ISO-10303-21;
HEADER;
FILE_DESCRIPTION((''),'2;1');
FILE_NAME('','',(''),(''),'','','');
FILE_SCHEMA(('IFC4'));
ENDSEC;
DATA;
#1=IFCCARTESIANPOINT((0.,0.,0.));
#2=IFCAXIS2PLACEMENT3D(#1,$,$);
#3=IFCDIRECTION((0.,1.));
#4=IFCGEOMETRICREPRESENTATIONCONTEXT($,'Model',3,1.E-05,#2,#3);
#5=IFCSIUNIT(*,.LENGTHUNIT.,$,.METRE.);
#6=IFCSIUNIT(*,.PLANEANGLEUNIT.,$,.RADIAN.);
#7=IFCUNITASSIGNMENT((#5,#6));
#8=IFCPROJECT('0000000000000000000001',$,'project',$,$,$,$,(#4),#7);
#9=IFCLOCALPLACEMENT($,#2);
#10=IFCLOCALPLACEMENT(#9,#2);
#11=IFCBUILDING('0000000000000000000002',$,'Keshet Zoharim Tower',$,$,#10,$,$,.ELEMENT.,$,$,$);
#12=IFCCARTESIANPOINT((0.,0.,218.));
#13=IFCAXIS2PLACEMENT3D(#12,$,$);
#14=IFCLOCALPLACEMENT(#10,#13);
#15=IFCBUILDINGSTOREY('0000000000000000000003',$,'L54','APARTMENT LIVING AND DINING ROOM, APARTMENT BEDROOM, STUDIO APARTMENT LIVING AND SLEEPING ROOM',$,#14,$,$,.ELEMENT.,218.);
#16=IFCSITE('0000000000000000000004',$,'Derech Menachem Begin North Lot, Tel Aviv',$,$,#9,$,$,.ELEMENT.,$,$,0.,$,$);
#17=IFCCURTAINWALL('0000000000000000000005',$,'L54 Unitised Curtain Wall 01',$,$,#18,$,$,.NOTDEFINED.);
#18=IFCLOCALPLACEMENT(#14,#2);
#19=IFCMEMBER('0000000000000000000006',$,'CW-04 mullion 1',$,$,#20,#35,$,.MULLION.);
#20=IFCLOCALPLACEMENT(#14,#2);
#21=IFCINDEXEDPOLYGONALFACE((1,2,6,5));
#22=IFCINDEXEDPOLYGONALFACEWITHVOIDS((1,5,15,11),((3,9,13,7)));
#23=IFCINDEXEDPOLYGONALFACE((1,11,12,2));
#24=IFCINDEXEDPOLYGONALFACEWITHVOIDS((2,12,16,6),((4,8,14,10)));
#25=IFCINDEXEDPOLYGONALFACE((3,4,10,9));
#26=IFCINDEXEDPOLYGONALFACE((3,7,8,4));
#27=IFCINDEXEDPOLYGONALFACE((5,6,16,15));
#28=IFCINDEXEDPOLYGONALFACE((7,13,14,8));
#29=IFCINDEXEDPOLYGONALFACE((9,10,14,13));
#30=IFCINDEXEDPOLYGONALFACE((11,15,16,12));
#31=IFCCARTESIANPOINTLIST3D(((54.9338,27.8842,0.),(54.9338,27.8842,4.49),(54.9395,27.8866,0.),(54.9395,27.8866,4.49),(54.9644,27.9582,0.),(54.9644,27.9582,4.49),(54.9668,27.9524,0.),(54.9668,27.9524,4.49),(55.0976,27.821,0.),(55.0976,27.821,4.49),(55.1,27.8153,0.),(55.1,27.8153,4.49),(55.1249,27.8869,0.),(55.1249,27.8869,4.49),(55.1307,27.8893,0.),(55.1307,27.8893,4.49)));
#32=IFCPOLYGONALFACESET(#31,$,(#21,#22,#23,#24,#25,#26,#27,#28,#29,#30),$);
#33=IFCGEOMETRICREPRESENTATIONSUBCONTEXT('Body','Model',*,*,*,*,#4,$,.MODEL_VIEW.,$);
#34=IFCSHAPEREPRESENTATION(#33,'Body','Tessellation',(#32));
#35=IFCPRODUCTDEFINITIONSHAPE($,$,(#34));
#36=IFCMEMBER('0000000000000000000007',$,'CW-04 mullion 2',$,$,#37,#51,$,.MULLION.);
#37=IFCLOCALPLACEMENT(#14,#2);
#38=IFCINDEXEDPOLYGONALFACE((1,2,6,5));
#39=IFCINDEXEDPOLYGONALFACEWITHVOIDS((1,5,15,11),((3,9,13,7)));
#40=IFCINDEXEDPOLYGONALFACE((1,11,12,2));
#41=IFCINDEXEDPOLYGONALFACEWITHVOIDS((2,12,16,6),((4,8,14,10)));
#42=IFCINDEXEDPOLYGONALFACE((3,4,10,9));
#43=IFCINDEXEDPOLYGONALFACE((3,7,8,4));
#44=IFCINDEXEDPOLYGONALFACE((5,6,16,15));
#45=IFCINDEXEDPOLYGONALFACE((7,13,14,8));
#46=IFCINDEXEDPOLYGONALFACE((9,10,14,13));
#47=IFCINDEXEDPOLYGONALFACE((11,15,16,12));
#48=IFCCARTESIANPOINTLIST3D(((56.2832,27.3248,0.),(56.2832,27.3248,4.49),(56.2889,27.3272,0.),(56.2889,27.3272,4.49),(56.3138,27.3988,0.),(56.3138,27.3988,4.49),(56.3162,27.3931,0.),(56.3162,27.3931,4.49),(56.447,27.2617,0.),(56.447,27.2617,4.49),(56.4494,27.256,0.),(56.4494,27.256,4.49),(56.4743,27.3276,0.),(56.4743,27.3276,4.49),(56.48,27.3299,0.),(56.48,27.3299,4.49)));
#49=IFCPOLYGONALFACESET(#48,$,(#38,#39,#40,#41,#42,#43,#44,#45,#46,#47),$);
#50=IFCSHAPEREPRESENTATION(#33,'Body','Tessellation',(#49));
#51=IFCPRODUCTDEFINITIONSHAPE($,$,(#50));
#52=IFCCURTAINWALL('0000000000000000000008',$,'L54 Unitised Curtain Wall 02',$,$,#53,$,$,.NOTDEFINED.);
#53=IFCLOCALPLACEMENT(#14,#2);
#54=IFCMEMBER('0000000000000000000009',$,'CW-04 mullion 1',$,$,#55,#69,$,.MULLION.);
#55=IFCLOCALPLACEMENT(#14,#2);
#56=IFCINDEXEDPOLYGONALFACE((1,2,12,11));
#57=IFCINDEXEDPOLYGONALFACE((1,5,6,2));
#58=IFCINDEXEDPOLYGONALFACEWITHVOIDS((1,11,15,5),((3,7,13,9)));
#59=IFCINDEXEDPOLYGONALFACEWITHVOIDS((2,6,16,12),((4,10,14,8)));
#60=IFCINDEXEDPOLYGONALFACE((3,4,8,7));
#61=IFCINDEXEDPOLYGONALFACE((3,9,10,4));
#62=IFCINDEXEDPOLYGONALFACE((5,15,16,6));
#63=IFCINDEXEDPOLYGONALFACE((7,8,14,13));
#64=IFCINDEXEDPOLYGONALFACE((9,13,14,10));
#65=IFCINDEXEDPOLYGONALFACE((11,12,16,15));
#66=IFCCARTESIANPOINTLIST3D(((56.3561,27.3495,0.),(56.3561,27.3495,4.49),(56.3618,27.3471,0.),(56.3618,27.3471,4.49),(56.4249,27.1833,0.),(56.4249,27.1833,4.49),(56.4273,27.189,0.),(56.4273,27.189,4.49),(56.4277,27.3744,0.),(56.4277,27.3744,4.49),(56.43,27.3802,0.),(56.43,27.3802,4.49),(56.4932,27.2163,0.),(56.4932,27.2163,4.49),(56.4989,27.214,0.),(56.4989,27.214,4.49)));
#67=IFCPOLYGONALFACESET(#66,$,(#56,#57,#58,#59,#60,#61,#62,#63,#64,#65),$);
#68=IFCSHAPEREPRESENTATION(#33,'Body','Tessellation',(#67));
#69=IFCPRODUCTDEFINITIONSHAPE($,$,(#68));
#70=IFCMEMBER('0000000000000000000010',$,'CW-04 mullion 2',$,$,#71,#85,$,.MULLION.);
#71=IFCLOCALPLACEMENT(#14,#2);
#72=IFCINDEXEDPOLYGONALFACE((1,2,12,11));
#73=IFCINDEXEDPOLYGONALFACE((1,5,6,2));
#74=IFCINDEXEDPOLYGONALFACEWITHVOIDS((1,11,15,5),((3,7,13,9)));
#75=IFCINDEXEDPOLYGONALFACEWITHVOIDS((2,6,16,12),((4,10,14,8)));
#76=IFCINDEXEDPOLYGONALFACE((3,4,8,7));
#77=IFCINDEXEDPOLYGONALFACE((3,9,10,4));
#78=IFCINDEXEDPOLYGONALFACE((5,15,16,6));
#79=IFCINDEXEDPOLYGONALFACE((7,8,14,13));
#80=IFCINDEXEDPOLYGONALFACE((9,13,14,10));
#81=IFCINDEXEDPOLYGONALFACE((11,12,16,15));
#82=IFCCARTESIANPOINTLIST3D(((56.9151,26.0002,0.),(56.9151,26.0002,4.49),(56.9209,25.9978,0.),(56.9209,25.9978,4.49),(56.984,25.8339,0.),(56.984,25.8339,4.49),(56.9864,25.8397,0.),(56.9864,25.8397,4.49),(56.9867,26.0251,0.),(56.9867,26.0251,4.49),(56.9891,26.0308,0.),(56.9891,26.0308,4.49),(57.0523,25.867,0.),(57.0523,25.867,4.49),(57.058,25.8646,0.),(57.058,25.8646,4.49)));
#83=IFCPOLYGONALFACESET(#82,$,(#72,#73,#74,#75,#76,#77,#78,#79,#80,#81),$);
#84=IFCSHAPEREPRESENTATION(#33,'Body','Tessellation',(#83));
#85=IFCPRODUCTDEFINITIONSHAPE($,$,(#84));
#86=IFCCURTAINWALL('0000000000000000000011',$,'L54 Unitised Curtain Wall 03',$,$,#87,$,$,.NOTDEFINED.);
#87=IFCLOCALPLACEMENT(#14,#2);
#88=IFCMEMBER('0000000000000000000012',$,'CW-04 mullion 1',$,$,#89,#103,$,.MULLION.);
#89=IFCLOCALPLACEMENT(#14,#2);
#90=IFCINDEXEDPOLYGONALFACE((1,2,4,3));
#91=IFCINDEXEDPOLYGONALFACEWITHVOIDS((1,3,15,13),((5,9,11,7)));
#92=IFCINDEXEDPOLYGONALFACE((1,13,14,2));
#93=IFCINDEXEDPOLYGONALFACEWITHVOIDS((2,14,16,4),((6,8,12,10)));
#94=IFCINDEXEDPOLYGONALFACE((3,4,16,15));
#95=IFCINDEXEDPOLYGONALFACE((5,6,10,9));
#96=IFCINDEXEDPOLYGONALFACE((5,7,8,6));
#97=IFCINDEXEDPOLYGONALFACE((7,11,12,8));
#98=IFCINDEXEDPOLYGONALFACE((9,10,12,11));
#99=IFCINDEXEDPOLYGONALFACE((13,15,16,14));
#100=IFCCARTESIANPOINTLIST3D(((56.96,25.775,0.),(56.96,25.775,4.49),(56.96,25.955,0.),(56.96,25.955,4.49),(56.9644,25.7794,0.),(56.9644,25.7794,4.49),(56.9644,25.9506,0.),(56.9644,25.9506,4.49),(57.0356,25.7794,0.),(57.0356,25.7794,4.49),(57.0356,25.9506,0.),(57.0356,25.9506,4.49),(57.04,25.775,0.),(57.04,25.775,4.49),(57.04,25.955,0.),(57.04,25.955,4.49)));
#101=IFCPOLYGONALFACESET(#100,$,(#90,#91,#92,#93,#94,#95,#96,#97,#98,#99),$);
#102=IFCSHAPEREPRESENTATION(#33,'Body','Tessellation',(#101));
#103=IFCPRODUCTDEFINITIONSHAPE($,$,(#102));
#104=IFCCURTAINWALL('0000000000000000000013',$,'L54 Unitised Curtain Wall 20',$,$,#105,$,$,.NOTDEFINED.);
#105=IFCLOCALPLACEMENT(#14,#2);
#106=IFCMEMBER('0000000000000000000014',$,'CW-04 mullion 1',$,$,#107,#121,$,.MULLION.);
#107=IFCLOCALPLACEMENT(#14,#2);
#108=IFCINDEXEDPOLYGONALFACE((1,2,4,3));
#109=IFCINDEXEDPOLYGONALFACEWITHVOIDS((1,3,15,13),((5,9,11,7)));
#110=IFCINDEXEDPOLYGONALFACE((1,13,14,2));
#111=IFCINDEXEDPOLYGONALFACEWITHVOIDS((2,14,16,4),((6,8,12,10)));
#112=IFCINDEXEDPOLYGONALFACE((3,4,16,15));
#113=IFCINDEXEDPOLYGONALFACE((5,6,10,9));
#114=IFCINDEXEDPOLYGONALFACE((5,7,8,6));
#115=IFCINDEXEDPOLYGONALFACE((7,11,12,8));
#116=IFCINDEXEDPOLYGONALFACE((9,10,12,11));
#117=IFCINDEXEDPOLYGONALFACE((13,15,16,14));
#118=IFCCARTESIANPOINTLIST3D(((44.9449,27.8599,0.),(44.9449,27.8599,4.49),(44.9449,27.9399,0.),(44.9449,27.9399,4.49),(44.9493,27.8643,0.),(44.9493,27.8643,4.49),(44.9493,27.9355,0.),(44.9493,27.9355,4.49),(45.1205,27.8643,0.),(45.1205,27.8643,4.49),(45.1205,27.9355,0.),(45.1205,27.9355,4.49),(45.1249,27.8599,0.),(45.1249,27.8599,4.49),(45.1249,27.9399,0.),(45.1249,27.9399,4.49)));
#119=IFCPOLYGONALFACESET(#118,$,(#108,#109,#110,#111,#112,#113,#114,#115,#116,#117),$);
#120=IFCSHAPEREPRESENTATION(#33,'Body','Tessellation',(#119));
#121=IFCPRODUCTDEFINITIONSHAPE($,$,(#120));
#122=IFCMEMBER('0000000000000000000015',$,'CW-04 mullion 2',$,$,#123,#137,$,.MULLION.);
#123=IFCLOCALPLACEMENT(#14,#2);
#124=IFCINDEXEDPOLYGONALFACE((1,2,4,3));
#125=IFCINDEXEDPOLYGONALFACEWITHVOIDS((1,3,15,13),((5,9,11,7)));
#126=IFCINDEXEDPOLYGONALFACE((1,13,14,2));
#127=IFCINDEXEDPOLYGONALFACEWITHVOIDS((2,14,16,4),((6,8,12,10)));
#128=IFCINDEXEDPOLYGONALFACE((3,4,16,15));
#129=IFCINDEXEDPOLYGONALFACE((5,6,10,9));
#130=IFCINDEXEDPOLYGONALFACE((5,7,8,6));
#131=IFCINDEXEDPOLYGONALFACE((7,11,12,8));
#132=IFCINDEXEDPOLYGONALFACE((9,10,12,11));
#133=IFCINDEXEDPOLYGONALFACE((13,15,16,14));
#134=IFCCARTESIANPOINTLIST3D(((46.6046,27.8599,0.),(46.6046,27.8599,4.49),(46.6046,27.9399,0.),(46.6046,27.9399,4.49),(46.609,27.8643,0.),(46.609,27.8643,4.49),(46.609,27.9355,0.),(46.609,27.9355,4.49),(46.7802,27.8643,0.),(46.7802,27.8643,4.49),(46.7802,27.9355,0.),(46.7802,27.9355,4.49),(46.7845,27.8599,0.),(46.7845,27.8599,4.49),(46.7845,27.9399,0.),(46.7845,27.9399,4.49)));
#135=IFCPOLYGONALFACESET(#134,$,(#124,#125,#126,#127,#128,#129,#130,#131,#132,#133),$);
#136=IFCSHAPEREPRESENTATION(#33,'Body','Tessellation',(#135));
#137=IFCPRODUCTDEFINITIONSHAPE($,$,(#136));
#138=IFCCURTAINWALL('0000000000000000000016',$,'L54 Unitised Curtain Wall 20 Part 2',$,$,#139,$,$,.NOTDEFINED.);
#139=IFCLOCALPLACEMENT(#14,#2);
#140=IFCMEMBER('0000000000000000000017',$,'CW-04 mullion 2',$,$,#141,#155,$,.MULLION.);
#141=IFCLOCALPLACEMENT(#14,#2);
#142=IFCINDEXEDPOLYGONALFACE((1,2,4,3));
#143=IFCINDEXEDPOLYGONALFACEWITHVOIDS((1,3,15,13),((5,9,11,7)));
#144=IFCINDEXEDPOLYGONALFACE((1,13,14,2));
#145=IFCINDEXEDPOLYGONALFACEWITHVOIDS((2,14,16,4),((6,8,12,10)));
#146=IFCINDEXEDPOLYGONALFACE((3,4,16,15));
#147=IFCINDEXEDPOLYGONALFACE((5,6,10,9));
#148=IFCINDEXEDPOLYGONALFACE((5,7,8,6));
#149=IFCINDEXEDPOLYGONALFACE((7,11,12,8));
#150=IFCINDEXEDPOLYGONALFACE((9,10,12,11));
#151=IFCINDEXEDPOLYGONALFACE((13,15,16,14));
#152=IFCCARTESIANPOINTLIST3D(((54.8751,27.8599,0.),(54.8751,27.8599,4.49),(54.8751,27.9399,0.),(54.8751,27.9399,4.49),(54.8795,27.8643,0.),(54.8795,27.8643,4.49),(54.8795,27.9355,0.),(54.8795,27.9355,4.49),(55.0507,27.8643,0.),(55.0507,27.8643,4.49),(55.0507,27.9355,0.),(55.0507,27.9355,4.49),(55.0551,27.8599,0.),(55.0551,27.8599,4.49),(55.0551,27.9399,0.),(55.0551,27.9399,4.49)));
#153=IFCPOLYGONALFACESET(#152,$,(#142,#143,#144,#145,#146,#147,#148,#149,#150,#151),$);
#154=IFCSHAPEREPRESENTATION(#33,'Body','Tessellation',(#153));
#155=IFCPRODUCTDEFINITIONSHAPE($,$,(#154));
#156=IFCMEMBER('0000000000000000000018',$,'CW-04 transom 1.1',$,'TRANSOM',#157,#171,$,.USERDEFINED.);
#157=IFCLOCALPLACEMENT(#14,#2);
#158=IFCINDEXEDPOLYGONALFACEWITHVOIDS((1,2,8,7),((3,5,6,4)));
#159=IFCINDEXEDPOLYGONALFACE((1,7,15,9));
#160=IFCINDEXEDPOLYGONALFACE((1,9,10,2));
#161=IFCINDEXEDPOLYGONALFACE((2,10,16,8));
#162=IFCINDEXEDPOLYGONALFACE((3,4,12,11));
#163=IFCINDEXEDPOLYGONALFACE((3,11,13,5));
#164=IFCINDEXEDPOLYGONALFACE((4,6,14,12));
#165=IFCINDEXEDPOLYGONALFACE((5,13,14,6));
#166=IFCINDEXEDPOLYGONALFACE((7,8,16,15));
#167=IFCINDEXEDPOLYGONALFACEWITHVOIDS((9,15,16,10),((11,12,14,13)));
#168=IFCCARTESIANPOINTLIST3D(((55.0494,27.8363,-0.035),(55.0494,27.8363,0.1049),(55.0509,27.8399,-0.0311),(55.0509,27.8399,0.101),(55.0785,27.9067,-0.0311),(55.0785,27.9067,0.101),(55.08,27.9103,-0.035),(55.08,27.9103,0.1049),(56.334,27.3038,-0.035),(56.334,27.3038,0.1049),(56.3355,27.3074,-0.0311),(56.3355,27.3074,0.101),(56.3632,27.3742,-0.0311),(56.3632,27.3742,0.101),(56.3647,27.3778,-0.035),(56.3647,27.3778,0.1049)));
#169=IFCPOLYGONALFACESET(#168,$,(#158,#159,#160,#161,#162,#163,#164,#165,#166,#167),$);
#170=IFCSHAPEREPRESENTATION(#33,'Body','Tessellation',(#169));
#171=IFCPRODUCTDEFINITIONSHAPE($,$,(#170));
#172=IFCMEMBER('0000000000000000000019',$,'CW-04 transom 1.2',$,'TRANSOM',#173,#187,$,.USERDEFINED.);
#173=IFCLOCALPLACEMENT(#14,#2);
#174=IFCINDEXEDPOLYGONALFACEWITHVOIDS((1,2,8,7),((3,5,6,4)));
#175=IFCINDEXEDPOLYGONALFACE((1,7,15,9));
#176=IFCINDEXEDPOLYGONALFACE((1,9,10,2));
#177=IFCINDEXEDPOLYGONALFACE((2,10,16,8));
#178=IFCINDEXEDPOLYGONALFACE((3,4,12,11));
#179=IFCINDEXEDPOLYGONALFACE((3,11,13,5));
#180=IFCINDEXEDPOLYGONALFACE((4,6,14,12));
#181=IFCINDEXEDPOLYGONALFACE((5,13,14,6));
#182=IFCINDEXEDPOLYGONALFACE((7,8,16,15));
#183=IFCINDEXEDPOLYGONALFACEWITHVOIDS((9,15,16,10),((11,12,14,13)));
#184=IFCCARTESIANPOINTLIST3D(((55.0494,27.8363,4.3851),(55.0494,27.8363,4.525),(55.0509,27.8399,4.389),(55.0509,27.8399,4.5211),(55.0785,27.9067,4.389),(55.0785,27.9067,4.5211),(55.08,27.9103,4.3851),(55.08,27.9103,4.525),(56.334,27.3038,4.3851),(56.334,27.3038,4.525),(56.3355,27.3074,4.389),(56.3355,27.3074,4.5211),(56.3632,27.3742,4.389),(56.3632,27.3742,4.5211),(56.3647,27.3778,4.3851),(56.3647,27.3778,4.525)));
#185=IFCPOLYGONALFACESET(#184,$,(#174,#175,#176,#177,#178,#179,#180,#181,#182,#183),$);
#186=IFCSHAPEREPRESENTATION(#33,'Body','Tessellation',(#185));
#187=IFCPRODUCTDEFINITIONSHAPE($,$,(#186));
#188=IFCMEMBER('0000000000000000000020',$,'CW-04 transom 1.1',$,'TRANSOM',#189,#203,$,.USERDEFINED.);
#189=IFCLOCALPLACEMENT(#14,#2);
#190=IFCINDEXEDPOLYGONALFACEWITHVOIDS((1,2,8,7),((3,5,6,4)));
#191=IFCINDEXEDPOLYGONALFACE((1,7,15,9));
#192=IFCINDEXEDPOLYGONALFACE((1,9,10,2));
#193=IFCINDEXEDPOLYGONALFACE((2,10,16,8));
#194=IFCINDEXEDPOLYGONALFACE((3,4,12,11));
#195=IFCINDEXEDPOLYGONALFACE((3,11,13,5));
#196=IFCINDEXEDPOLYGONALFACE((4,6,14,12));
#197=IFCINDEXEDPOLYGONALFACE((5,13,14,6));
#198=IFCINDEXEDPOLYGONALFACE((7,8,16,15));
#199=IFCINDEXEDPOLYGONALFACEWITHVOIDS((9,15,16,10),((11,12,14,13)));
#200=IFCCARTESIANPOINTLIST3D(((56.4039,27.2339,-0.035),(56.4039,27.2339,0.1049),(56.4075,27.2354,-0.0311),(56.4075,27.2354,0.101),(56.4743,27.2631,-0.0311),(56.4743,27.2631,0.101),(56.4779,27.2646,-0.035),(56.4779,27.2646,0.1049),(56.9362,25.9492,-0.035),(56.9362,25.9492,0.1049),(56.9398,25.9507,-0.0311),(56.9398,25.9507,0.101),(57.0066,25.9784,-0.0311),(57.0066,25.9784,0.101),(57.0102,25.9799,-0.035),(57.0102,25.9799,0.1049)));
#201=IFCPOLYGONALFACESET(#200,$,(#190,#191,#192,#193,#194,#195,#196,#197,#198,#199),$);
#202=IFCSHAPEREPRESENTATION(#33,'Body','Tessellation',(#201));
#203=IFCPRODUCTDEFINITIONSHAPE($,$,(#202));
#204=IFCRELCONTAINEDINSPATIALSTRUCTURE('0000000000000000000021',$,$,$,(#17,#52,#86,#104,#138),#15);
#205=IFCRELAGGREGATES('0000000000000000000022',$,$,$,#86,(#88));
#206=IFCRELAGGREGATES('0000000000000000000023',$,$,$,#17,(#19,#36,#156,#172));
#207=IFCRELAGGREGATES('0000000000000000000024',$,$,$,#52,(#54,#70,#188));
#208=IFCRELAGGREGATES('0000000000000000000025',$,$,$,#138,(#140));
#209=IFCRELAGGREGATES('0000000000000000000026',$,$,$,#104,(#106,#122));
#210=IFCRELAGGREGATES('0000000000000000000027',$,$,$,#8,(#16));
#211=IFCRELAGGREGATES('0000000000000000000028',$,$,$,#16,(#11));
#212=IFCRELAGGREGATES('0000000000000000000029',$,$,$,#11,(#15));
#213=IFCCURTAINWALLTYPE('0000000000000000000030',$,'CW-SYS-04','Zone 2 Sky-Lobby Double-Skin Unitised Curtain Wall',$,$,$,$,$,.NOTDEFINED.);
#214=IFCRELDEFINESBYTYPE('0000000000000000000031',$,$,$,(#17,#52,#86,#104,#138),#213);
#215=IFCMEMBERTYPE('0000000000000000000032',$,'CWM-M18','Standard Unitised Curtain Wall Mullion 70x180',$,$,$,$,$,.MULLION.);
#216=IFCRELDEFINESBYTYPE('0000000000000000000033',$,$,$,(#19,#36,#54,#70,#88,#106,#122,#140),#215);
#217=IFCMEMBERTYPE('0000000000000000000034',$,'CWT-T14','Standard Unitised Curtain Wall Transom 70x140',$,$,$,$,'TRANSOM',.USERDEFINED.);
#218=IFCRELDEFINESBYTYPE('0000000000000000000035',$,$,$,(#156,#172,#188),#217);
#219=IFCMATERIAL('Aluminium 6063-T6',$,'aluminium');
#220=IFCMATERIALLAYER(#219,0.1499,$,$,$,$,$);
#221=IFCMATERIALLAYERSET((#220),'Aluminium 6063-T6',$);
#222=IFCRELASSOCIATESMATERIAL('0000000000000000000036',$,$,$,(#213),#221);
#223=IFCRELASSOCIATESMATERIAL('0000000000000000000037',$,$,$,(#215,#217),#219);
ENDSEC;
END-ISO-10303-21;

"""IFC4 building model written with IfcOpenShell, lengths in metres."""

from ifc_helpers import new_model, si_unit, direction, frame, origin, origin_2d, place, context, subcontext, project, spatial, hollow_rectangle, extrude, material, layer, layer_set, material_profile, profile_set, type_object, element, aggregate, save


model = new_model("IFC4")

# Units and contexts
model_context = context("Model", 3, precision=1e-05, world=origin(), true_north=direction((0.0, 1.0)))
body_context = subcontext(model_context, "Body", "Model", "MODEL_VIEW")
ifc_project = project(units=[si_unit("LENGTHUNIT", "METRE"), si_unit("PLANEANGLEUNIT", "RADIAN")], contexts=[model_context])

# Site, building, storey
site_placement = place(None, origin())
site = spatial("IfcSite", under=ifc_project, at=site_placement, Name="Derech Menachem Begin North Lot, Tel Aviv", CompositionType="ELEMENT", RefElevation=0.0)
building_placement = place(site_placement, origin())
building = spatial("IfcBuilding", under=site, at=building_placement, Name="Keshet Zoharim Tower", CompositionType="ELEMENT")
storey_placement = place(building_placement, frame((0.0, 0.0, 218.0)))
storey = spatial("IfcBuildingStorey", under=building, at=storey_placement, Name="L54", Description="APARTMENT LIVING AND DINING ROOM, APARTMENT BEDROOM, STUDIO APARTMENT LIVING AND SLEEPING ROOM", CompositionType="ELEMENT", Elevation=218.0)

# Curtain walls, members
ifc_material_1 = material(Name="Aluminium 6063-T6", Category="aluminium")
ifc_layer_1 = layer(ifc_material_1, 0.1499)
ifc_layer_set_1 = layer_set([ifc_layer_1], Name="Aluminium 6063-T6")
curtain_wall_type = type_object("IfcCurtainWallType", Name="CW-SYS-04", Description="Zone 2 Sky-Lobby Double-Skin Unitised Curtain Wall", PredefinedType="NOTDEFINED", material=ifc_layer_set_1)
curtain_wall_1_placement = place(storey_placement, origin())
curtain_wall_1 = element("IfcCurtainWall", 1, at=curtain_wall_1_placement, inside=storey, type_object=curtain_wall_type, Name="L54 Unitised Curtain Wall 01", PredefinedType="NOTDEFINED")
ifc_material_profile_1 = material_profile(ifc_material_1, hollow_rectangle(XDim=0.0801, YDim=0.1799, WallThickness=0.0044, at=origin_2d()), Name="MUL-80x180")
ifc_profile_set_1 = profile_set([ifc_material_profile_1], Name="Aluminium 6063-T6")
member_type_1 = type_object("IfcMemberType", Name="CWM-M18", Description="Standard Unitised Curtain Wall Mullion 70x180", PredefinedType="MULLION", material=ifc_profile_set_1)
member_1_placement = place(storey_placement, frame((55.0322, 27.8867, 0.0), z_axis=(0.0, 0.0, 1.0), x_axis=(0.382852, 0.92381, 0.0)))
member_1 = element("IfcMember", 2, at=member_1_placement, type_object=member_type_1, Name="CW-04 mullion 1", PredefinedType="MULLION", context=body_context, shape_type="SweptSolid", body=[
    extrude(hollow_rectangle(XDim=0.0801, YDim=0.1799, WallThickness=0.0044, at=origin_2d()), origin(), (0.0, 0.0, 1.0), 4.49),
])
member_2_placement = place(storey_placement, frame((56.3816, 27.3274, 0.0), z_axis=(0.0, 0.0, 1.0), x_axis=(0.382852, 0.92381, 0.0)))
member_2 = element("IfcMember", 3, at=member_2_placement, type_object=member_type_1, Name="CW-04 mullion 2", PredefinedType="MULLION", context=body_context, shape_type="SweptSolid", body=[
    extrude(hollow_rectangle(XDim=0.0801, YDim=0.1799, WallThickness=0.0044, at=origin_2d()), origin(), (0.0, 0.0, 1.0), 4.49),
])
curtain_wall_2_placement = place(storey_placement, origin())
curtain_wall_2 = element("IfcCurtainWall", 4, at=curtain_wall_2_placement, inside=storey, type_object=curtain_wall_type, Name="L54 Unitised Curtain Wall 02", PredefinedType="NOTDEFINED")
member_3_placement = place(storey_placement, frame((56.4275, 27.2817, 0.0), z_axis=(0.0, 0.0, 1.0), x_axis=(0.92381, 0.382852, 0.0)))
member_3 = element("IfcMember", 5, at=member_3_placement, type_object=member_type_1, Name="CW-04 mullion 1", PredefinedType="MULLION", context=body_context, shape_type="SweptSolid", body=[
    extrude(hollow_rectangle(XDim=0.0801, YDim=0.1799, WallThickness=0.0044, at=origin_2d()), origin(), (0.0, 0.0, 1.0), 4.49),
])
member_4_placement = place(storey_placement, frame((56.9866, 25.9324, 0.0), z_axis=(0.0, 0.0, 1.0), x_axis=(0.92381, 0.382852, 0.0)))
member_4 = element("IfcMember", 6, at=member_4_placement, type_object=member_type_1, Name="CW-04 mullion 2", PredefinedType="MULLION", context=body_context, shape_type="SweptSolid", body=[
    extrude(hollow_rectangle(XDim=0.0801, YDim=0.1799, WallThickness=0.0044, at=origin_2d()), origin(), (0.0, 0.0, 1.0), 4.49),
])

# Curtain wall, member
curtain_wall_3_placement = place(storey_placement, origin())
curtain_wall_3 = element("IfcCurtainWall", 7, at=curtain_wall_3_placement, inside=storey, type_object=curtain_wall_type, Name="L54 Unitised Curtain Wall 03", PredefinedType="NOTDEFINED")
member_5_placement = place(storey_placement, frame((57.0, 25.865, 0.0), z_axis=(0.0, 0.0, 1.0), x_axis=(1.0, 0.0, 0.0)))
member_5 = element("IfcMember", 8, at=member_5_placement, type_object=member_type_1, Name="CW-04 mullion 1", PredefinedType="MULLION", context=body_context, shape_type="SweptSolid", body=[
    extrude(hollow_rectangle(XDim=0.0801, YDim=0.1799, WallThickness=0.0044, at=origin_2d()), origin(), (0.0, 0.0, 1.0), 4.49),
])

# Curtain wall, members
curtain_wall_4_placement = place(storey_placement, origin())
curtain_wall_4 = element("IfcCurtainWall", 9, at=curtain_wall_4_placement, inside=storey, type_object=curtain_wall_type, Name="L54 Unitised Curtain Wall 20", PredefinedType="NOTDEFINED")
member_6_placement = place(storey_placement, frame((45.0349, 27.8999, 0.0), z_axis=(0.0, 0.0, 1.0), x_axis=(0.0, 1.0, 0.0)))
member_6 = element("IfcMember", 10, at=member_6_placement, type_object=member_type_1, Name="CW-04 mullion 1", PredefinedType="MULLION", context=body_context, shape_type="SweptSolid", body=[
    extrude(hollow_rectangle(XDim=0.0801, YDim=0.1799, WallThickness=0.0044, at=origin_2d()), origin(), (0.0, 0.0, 1.0), 4.49),
])
member_7_placement = place(storey_placement, frame((46.6946, 27.8999, 0.0), z_axis=(0.0, 0.0, 1.0), x_axis=(0.0, 1.0, 0.0)))
member_7 = element("IfcMember", 11, at=member_7_placement, type_object=member_type_1, Name="CW-04 mullion 2", PredefinedType="MULLION", context=body_context, shape_type="SweptSolid", body=[
    extrude(hollow_rectangle(XDim=0.0801, YDim=0.1799, WallThickness=0.0044, at=origin_2d()), origin(), (0.0, 0.0, 1.0), 4.49),
])

# Curtain wall, member
curtain_wall_5_placement = place(storey_placement, origin())
curtain_wall_5 = element("IfcCurtainWall", 12, at=curtain_wall_5_placement, inside=storey, type_object=curtain_wall_type, Name="L54 Unitised Curtain Wall 20 Part 2", PredefinedType="NOTDEFINED")
member_8_placement = place(storey_placement, frame((54.9651, 27.8999, 0.0), z_axis=(0.0, 0.0, 1.0), x_axis=(0.0, 1.0, 0.0)))
member_8 = element("IfcMember", 13, at=member_8_placement, type_object=member_type_1, Name="CW-04 mullion 2", PredefinedType="MULLION", context=body_context, shape_type="SweptSolid", body=[
    extrude(hollow_rectangle(XDim=0.0801, YDim=0.1799, WallThickness=0.0044, at=origin_2d()), origin(), (0.0, 0.0, 1.0), 4.49),
])

# Members
ifc_material_profile_2 = material_profile(ifc_material_1, hollow_rectangle(XDim=0.0801, YDim=0.1399, WallThickness=0.0039, at=origin_2d()), Name="TRN-80x140")
ifc_profile_set_2 = profile_set([ifc_material_profile_2], Name="Aluminium 6063-T6")
member_type_2 = type_object("IfcMemberType", Name="CWT-T14", Description="Standard Unitised Curtain Wall Transom 70x140", ElementType="TRANSOM", PredefinedType="USERDEFINED", material=ifc_profile_set_2)
member_9_placement = place(storey_placement, frame((55.0647, 27.8733, 0.0349), z_axis=(0.923792, -0.382894, 0.0), x_axis=(0.382894, 0.923792, 0.0)))
member_9 = element("IfcMember", 14, at=member_9_placement, type_object=member_type_2, Name="CW-04 transom 1.1", ObjectType="TRANSOM", PredefinedType="USERDEFINED", context=body_context, shape_type="SweptSolid", body=[
    extrude(hollow_rectangle(XDim=0.0801, YDim=0.1399, WallThickness=0.0039, at=origin_2d()), origin(), (0.0, 0.0, 1.0), 1.3906),
])
member_10_placement = place(storey_placement, frame((55.0647, 27.8733, 4.4551), z_axis=(0.923792, -0.382894, 0.0), x_axis=(0.382894, 0.923792, 0.0)))
member_10 = element("IfcMember", 15, at=member_10_placement, type_object=member_type_2, Name="CW-04 transom 1.2", ObjectType="TRANSOM", PredefinedType="USERDEFINED", context=body_context, shape_type="SweptSolid", body=[
    extrude(hollow_rectangle(XDim=0.0801, YDim=0.1399, WallThickness=0.0039, at=origin_2d()), origin(), (0.0, 0.0, 1.0), 1.3906),
])
member_11_placement = place(storey_placement, frame((56.4409, 27.2493, 0.0349), z_axis=(0.382745, -0.923854, 0.0), x_axis=(0.923854, 0.382745, 0.0)))
member_11 = element("IfcMember", 16, at=member_11_placement, type_object=member_type_2, Name="CW-04 transom 1.1", ObjectType="TRANSOM", PredefinedType="USERDEFINED", context=body_context, shape_type="SweptSolid", body=[
    extrude(hollow_rectangle(XDim=0.0801, YDim=0.1399, WallThickness=0.0039, at=origin_2d()), origin(), (0.0, 0.0, 1.0), 1.3906),
])
aggregate(curtain_wall_3, [member_5])

aggregate(curtain_wall_1, [member_1, member_2, member_9, member_10])
aggregate(curtain_wall_2, [member_3, member_4, member_11])
aggregate(curtain_wall_5, [member_8])
aggregate(curtain_wall_4, [member_6, member_7])

save(model, "model.ifc")
